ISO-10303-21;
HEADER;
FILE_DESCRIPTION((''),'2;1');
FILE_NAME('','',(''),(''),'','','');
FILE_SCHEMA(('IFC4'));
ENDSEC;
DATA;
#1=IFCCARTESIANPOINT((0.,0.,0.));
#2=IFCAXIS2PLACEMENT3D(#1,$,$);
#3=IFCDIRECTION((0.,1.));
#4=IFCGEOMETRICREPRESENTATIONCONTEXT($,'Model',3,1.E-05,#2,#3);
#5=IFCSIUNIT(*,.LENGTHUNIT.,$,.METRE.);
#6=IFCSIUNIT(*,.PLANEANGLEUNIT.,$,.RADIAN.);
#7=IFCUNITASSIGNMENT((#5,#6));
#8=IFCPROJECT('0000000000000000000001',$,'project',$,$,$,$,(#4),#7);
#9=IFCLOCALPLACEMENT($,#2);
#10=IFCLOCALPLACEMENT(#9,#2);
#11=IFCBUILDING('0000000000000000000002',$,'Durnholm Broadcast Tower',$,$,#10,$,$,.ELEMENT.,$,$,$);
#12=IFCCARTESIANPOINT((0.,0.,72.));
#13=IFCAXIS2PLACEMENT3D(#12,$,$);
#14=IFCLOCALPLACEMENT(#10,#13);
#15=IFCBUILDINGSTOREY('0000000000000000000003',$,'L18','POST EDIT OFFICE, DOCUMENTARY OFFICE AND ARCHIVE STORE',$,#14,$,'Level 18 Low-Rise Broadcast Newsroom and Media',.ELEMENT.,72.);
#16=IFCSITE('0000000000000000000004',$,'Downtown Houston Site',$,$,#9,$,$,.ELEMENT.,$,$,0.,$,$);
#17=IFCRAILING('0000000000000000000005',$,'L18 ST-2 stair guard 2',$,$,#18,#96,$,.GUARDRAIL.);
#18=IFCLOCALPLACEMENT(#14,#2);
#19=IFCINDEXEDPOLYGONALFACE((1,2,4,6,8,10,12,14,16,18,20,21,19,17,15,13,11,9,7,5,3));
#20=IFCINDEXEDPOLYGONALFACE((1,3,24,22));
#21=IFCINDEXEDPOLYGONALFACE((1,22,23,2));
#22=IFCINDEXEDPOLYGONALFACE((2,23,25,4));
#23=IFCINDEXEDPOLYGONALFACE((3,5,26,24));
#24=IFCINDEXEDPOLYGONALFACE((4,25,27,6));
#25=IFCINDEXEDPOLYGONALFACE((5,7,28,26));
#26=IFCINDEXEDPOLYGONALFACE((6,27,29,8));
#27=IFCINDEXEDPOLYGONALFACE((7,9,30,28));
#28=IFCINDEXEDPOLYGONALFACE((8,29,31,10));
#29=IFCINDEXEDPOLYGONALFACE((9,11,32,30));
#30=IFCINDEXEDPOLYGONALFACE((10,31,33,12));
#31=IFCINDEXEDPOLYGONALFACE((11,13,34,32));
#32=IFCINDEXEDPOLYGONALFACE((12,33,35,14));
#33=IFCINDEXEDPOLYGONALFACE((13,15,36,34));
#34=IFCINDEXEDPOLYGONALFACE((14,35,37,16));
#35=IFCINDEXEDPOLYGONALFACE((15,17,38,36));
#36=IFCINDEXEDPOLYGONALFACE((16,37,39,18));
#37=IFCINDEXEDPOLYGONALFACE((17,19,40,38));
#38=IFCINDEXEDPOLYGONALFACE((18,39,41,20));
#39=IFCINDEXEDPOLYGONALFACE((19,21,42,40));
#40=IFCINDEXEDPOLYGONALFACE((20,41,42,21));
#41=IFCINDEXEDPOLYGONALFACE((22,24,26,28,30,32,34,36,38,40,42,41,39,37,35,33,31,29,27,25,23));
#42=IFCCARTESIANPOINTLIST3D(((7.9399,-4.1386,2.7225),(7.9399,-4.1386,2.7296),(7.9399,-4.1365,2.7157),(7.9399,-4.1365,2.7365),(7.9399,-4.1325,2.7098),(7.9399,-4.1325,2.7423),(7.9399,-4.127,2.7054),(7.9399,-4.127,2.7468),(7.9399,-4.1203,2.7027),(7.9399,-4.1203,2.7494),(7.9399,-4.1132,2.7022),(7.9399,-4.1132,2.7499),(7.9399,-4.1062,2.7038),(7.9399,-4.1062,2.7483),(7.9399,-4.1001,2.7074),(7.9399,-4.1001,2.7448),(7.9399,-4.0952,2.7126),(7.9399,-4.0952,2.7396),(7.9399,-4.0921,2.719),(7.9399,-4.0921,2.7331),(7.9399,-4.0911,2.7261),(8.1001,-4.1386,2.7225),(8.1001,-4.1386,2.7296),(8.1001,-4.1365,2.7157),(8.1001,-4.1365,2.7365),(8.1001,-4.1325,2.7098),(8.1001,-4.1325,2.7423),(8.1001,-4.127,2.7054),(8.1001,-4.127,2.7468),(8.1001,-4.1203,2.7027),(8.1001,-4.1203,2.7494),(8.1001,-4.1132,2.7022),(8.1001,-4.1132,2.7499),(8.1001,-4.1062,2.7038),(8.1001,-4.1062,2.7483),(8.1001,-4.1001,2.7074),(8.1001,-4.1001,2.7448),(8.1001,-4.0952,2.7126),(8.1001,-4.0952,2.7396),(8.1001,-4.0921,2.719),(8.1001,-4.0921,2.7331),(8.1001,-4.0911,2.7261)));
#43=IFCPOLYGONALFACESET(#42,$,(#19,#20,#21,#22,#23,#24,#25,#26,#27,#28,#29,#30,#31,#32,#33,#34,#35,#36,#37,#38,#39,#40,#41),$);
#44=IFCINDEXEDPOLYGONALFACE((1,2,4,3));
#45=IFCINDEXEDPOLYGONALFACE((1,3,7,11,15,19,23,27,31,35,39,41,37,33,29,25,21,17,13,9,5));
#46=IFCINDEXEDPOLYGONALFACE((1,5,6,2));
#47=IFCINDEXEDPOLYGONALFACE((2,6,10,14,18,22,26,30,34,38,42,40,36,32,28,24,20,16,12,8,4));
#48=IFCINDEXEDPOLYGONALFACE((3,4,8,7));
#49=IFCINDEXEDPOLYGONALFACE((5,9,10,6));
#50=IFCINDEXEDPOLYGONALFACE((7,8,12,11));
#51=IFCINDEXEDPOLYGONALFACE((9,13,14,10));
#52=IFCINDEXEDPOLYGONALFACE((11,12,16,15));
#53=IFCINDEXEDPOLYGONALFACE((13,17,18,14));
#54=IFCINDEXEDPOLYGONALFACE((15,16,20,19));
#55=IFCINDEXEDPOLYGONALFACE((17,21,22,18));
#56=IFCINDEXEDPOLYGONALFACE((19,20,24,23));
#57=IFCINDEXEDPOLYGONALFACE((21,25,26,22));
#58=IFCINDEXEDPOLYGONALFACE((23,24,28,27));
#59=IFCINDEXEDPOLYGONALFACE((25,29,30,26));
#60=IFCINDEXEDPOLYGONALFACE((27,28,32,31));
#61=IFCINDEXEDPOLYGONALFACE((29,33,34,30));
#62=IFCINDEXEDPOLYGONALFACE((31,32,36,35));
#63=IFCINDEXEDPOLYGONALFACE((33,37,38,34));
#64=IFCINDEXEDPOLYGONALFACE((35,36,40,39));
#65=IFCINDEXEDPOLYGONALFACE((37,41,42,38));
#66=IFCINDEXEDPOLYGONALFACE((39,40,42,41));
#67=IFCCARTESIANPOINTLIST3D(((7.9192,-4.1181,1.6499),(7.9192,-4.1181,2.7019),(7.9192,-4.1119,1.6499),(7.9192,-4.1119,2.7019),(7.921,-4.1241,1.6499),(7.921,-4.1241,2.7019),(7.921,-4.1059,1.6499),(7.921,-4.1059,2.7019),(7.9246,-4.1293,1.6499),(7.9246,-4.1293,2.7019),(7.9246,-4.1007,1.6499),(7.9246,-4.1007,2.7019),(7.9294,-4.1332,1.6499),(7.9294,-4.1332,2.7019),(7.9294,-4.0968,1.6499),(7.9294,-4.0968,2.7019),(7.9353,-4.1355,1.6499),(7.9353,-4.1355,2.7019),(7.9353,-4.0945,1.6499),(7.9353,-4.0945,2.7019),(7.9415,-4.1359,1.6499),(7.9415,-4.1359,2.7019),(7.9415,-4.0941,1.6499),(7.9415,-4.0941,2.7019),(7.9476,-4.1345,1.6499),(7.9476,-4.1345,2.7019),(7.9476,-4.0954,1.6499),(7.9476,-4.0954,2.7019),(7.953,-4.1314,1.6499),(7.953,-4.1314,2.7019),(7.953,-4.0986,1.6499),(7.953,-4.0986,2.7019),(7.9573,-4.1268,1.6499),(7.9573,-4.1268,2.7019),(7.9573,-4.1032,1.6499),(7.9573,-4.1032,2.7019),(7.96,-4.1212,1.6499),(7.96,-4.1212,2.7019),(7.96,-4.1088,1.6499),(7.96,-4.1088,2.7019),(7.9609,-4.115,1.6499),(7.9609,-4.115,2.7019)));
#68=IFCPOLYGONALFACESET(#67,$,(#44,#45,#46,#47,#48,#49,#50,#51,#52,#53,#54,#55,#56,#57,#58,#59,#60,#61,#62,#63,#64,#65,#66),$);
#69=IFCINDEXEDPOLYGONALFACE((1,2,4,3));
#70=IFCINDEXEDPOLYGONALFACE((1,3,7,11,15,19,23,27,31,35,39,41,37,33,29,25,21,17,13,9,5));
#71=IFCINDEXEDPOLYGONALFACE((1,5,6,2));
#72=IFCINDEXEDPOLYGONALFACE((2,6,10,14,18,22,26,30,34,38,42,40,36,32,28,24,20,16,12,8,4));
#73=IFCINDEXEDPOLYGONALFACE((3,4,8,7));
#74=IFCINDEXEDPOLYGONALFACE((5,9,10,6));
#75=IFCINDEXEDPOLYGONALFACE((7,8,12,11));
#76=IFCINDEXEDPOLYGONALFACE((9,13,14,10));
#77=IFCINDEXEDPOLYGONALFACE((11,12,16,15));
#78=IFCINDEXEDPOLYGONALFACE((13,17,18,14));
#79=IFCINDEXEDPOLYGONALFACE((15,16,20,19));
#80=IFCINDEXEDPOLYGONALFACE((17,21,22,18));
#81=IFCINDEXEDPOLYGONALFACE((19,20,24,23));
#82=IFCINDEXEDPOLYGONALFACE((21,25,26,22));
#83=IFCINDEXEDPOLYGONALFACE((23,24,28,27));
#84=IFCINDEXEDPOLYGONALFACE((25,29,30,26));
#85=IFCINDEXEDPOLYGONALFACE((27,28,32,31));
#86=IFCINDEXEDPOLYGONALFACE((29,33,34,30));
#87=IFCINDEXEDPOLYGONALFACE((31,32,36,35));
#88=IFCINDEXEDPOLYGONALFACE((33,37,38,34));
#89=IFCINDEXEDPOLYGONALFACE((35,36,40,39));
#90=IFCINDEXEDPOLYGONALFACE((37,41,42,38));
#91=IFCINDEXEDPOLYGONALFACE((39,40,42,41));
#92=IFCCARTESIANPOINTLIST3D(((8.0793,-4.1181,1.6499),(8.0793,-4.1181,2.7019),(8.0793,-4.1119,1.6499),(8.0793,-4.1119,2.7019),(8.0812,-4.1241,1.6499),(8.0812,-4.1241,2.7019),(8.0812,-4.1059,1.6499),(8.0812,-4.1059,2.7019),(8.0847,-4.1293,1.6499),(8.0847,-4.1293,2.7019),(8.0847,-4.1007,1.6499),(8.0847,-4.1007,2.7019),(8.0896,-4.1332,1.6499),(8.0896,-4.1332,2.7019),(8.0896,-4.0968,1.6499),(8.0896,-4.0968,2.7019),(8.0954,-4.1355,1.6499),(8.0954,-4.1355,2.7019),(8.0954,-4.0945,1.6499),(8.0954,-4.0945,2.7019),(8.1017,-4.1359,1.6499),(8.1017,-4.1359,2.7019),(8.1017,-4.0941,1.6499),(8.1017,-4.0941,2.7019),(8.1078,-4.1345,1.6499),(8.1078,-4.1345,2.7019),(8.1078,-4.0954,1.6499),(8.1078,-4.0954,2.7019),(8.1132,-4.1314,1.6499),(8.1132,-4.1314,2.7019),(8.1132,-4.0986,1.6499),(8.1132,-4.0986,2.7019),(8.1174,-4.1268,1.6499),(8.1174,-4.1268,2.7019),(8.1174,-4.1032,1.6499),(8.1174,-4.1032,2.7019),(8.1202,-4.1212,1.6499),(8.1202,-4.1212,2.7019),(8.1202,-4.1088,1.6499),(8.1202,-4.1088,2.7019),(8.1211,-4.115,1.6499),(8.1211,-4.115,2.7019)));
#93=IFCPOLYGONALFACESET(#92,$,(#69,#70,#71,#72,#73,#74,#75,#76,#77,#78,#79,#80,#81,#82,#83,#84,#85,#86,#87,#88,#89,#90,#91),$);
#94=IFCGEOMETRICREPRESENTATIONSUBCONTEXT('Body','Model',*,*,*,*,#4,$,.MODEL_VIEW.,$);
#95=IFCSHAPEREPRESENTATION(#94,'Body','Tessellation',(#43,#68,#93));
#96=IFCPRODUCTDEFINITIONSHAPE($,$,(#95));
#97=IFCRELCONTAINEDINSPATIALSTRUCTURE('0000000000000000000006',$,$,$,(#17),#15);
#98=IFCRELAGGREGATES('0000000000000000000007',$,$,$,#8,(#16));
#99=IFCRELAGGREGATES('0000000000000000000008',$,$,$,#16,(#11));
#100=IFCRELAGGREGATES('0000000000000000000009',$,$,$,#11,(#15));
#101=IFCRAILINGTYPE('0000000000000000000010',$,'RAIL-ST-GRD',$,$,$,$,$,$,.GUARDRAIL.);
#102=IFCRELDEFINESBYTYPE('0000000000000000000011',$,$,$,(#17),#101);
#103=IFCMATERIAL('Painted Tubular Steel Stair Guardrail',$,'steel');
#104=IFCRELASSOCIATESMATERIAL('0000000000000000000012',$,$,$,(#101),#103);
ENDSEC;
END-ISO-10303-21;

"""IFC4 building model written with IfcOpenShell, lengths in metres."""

from ifc_helpers import new_model, si_unit, direction, frame, origin, origin_2d, place, context, subcontext, project, spatial, circle, extrude, material, type_object, element, save


model = new_model("IFC4")

# Units and contexts
model_context = context("Model", 3, precision=1e-05, world=origin(), true_north=direction((0.0, 1.0)))
body_context = subcontext(model_context, "Body", "Model", "MODEL_VIEW")
ifc_project = project(units=[si_unit("LENGTHUNIT", "METRE"), si_unit("PLANEANGLEUNIT", "RADIAN")], contexts=[model_context])

# Site, building, storey
site_placement = place(None, origin())
site = spatial("IfcSite", under=ifc_project, at=site_placement, Name="Downtown Houston Site", CompositionType="ELEMENT", RefElevation=0.0)
building_placement = place(site_placement, origin())
building = spatial("IfcBuilding", under=site, at=building_placement, Name="Durnholm Broadcast Tower", CompositionType="ELEMENT")
storey_placement = place(building_placement, frame((0.0, 0.0, 72.0)))
storey = spatial("IfcBuildingStorey", under=building, at=storey_placement, Name="L18", Description="POST EDIT OFFICE, DOCUMENTARY OFFICE AND ARCHIVE STORE", LongName="Level 18 Low-Rise Broadcast Newsroom and Media", CompositionType="ELEMENT", Elevation=72.0)

# Railing
ifc_material_1 = material(Name="Painted Tubular Steel Stair Guardrail", Category="steel")
railing_type_1 = type_object("IfcRailingType", Name="RAIL-ST-GRD", PredefinedType="GUARDRAIL", material=ifc_material_1)
railing_1_placement = place(storey_placement, frame((7.9399, -4.115, 1.6499)))
element("IfcRailing", 1, at=railing_1_placement, inside=storey, type_object=railing_type_1, Name="L18 ST-2 stair guard 2", PredefinedType="GUARDRAIL", context=body_context, shape_type="SweptSolid", body=[
    extrude(circle(Radius=0.0239, at=origin_2d()), frame((0.0, 0.0, 1.0762), z_axis=(1.0, 0.0, 0.0), x_axis=(0.0, 1.0, 0.0)), (0.0, 0.0, 1.0), 0.1602),
    extrude(circle(Radius=0.021, at=origin_2d()), origin(), (0.0, 0.0, 1.0), 1.052),
    extrude(circle(Radius=0.021, at=origin_2d()), frame((0.1602, 0.0, 0.0)), (0.0, 0.0, 1.0), 1.052),
])

save(model, "model.ifc")
